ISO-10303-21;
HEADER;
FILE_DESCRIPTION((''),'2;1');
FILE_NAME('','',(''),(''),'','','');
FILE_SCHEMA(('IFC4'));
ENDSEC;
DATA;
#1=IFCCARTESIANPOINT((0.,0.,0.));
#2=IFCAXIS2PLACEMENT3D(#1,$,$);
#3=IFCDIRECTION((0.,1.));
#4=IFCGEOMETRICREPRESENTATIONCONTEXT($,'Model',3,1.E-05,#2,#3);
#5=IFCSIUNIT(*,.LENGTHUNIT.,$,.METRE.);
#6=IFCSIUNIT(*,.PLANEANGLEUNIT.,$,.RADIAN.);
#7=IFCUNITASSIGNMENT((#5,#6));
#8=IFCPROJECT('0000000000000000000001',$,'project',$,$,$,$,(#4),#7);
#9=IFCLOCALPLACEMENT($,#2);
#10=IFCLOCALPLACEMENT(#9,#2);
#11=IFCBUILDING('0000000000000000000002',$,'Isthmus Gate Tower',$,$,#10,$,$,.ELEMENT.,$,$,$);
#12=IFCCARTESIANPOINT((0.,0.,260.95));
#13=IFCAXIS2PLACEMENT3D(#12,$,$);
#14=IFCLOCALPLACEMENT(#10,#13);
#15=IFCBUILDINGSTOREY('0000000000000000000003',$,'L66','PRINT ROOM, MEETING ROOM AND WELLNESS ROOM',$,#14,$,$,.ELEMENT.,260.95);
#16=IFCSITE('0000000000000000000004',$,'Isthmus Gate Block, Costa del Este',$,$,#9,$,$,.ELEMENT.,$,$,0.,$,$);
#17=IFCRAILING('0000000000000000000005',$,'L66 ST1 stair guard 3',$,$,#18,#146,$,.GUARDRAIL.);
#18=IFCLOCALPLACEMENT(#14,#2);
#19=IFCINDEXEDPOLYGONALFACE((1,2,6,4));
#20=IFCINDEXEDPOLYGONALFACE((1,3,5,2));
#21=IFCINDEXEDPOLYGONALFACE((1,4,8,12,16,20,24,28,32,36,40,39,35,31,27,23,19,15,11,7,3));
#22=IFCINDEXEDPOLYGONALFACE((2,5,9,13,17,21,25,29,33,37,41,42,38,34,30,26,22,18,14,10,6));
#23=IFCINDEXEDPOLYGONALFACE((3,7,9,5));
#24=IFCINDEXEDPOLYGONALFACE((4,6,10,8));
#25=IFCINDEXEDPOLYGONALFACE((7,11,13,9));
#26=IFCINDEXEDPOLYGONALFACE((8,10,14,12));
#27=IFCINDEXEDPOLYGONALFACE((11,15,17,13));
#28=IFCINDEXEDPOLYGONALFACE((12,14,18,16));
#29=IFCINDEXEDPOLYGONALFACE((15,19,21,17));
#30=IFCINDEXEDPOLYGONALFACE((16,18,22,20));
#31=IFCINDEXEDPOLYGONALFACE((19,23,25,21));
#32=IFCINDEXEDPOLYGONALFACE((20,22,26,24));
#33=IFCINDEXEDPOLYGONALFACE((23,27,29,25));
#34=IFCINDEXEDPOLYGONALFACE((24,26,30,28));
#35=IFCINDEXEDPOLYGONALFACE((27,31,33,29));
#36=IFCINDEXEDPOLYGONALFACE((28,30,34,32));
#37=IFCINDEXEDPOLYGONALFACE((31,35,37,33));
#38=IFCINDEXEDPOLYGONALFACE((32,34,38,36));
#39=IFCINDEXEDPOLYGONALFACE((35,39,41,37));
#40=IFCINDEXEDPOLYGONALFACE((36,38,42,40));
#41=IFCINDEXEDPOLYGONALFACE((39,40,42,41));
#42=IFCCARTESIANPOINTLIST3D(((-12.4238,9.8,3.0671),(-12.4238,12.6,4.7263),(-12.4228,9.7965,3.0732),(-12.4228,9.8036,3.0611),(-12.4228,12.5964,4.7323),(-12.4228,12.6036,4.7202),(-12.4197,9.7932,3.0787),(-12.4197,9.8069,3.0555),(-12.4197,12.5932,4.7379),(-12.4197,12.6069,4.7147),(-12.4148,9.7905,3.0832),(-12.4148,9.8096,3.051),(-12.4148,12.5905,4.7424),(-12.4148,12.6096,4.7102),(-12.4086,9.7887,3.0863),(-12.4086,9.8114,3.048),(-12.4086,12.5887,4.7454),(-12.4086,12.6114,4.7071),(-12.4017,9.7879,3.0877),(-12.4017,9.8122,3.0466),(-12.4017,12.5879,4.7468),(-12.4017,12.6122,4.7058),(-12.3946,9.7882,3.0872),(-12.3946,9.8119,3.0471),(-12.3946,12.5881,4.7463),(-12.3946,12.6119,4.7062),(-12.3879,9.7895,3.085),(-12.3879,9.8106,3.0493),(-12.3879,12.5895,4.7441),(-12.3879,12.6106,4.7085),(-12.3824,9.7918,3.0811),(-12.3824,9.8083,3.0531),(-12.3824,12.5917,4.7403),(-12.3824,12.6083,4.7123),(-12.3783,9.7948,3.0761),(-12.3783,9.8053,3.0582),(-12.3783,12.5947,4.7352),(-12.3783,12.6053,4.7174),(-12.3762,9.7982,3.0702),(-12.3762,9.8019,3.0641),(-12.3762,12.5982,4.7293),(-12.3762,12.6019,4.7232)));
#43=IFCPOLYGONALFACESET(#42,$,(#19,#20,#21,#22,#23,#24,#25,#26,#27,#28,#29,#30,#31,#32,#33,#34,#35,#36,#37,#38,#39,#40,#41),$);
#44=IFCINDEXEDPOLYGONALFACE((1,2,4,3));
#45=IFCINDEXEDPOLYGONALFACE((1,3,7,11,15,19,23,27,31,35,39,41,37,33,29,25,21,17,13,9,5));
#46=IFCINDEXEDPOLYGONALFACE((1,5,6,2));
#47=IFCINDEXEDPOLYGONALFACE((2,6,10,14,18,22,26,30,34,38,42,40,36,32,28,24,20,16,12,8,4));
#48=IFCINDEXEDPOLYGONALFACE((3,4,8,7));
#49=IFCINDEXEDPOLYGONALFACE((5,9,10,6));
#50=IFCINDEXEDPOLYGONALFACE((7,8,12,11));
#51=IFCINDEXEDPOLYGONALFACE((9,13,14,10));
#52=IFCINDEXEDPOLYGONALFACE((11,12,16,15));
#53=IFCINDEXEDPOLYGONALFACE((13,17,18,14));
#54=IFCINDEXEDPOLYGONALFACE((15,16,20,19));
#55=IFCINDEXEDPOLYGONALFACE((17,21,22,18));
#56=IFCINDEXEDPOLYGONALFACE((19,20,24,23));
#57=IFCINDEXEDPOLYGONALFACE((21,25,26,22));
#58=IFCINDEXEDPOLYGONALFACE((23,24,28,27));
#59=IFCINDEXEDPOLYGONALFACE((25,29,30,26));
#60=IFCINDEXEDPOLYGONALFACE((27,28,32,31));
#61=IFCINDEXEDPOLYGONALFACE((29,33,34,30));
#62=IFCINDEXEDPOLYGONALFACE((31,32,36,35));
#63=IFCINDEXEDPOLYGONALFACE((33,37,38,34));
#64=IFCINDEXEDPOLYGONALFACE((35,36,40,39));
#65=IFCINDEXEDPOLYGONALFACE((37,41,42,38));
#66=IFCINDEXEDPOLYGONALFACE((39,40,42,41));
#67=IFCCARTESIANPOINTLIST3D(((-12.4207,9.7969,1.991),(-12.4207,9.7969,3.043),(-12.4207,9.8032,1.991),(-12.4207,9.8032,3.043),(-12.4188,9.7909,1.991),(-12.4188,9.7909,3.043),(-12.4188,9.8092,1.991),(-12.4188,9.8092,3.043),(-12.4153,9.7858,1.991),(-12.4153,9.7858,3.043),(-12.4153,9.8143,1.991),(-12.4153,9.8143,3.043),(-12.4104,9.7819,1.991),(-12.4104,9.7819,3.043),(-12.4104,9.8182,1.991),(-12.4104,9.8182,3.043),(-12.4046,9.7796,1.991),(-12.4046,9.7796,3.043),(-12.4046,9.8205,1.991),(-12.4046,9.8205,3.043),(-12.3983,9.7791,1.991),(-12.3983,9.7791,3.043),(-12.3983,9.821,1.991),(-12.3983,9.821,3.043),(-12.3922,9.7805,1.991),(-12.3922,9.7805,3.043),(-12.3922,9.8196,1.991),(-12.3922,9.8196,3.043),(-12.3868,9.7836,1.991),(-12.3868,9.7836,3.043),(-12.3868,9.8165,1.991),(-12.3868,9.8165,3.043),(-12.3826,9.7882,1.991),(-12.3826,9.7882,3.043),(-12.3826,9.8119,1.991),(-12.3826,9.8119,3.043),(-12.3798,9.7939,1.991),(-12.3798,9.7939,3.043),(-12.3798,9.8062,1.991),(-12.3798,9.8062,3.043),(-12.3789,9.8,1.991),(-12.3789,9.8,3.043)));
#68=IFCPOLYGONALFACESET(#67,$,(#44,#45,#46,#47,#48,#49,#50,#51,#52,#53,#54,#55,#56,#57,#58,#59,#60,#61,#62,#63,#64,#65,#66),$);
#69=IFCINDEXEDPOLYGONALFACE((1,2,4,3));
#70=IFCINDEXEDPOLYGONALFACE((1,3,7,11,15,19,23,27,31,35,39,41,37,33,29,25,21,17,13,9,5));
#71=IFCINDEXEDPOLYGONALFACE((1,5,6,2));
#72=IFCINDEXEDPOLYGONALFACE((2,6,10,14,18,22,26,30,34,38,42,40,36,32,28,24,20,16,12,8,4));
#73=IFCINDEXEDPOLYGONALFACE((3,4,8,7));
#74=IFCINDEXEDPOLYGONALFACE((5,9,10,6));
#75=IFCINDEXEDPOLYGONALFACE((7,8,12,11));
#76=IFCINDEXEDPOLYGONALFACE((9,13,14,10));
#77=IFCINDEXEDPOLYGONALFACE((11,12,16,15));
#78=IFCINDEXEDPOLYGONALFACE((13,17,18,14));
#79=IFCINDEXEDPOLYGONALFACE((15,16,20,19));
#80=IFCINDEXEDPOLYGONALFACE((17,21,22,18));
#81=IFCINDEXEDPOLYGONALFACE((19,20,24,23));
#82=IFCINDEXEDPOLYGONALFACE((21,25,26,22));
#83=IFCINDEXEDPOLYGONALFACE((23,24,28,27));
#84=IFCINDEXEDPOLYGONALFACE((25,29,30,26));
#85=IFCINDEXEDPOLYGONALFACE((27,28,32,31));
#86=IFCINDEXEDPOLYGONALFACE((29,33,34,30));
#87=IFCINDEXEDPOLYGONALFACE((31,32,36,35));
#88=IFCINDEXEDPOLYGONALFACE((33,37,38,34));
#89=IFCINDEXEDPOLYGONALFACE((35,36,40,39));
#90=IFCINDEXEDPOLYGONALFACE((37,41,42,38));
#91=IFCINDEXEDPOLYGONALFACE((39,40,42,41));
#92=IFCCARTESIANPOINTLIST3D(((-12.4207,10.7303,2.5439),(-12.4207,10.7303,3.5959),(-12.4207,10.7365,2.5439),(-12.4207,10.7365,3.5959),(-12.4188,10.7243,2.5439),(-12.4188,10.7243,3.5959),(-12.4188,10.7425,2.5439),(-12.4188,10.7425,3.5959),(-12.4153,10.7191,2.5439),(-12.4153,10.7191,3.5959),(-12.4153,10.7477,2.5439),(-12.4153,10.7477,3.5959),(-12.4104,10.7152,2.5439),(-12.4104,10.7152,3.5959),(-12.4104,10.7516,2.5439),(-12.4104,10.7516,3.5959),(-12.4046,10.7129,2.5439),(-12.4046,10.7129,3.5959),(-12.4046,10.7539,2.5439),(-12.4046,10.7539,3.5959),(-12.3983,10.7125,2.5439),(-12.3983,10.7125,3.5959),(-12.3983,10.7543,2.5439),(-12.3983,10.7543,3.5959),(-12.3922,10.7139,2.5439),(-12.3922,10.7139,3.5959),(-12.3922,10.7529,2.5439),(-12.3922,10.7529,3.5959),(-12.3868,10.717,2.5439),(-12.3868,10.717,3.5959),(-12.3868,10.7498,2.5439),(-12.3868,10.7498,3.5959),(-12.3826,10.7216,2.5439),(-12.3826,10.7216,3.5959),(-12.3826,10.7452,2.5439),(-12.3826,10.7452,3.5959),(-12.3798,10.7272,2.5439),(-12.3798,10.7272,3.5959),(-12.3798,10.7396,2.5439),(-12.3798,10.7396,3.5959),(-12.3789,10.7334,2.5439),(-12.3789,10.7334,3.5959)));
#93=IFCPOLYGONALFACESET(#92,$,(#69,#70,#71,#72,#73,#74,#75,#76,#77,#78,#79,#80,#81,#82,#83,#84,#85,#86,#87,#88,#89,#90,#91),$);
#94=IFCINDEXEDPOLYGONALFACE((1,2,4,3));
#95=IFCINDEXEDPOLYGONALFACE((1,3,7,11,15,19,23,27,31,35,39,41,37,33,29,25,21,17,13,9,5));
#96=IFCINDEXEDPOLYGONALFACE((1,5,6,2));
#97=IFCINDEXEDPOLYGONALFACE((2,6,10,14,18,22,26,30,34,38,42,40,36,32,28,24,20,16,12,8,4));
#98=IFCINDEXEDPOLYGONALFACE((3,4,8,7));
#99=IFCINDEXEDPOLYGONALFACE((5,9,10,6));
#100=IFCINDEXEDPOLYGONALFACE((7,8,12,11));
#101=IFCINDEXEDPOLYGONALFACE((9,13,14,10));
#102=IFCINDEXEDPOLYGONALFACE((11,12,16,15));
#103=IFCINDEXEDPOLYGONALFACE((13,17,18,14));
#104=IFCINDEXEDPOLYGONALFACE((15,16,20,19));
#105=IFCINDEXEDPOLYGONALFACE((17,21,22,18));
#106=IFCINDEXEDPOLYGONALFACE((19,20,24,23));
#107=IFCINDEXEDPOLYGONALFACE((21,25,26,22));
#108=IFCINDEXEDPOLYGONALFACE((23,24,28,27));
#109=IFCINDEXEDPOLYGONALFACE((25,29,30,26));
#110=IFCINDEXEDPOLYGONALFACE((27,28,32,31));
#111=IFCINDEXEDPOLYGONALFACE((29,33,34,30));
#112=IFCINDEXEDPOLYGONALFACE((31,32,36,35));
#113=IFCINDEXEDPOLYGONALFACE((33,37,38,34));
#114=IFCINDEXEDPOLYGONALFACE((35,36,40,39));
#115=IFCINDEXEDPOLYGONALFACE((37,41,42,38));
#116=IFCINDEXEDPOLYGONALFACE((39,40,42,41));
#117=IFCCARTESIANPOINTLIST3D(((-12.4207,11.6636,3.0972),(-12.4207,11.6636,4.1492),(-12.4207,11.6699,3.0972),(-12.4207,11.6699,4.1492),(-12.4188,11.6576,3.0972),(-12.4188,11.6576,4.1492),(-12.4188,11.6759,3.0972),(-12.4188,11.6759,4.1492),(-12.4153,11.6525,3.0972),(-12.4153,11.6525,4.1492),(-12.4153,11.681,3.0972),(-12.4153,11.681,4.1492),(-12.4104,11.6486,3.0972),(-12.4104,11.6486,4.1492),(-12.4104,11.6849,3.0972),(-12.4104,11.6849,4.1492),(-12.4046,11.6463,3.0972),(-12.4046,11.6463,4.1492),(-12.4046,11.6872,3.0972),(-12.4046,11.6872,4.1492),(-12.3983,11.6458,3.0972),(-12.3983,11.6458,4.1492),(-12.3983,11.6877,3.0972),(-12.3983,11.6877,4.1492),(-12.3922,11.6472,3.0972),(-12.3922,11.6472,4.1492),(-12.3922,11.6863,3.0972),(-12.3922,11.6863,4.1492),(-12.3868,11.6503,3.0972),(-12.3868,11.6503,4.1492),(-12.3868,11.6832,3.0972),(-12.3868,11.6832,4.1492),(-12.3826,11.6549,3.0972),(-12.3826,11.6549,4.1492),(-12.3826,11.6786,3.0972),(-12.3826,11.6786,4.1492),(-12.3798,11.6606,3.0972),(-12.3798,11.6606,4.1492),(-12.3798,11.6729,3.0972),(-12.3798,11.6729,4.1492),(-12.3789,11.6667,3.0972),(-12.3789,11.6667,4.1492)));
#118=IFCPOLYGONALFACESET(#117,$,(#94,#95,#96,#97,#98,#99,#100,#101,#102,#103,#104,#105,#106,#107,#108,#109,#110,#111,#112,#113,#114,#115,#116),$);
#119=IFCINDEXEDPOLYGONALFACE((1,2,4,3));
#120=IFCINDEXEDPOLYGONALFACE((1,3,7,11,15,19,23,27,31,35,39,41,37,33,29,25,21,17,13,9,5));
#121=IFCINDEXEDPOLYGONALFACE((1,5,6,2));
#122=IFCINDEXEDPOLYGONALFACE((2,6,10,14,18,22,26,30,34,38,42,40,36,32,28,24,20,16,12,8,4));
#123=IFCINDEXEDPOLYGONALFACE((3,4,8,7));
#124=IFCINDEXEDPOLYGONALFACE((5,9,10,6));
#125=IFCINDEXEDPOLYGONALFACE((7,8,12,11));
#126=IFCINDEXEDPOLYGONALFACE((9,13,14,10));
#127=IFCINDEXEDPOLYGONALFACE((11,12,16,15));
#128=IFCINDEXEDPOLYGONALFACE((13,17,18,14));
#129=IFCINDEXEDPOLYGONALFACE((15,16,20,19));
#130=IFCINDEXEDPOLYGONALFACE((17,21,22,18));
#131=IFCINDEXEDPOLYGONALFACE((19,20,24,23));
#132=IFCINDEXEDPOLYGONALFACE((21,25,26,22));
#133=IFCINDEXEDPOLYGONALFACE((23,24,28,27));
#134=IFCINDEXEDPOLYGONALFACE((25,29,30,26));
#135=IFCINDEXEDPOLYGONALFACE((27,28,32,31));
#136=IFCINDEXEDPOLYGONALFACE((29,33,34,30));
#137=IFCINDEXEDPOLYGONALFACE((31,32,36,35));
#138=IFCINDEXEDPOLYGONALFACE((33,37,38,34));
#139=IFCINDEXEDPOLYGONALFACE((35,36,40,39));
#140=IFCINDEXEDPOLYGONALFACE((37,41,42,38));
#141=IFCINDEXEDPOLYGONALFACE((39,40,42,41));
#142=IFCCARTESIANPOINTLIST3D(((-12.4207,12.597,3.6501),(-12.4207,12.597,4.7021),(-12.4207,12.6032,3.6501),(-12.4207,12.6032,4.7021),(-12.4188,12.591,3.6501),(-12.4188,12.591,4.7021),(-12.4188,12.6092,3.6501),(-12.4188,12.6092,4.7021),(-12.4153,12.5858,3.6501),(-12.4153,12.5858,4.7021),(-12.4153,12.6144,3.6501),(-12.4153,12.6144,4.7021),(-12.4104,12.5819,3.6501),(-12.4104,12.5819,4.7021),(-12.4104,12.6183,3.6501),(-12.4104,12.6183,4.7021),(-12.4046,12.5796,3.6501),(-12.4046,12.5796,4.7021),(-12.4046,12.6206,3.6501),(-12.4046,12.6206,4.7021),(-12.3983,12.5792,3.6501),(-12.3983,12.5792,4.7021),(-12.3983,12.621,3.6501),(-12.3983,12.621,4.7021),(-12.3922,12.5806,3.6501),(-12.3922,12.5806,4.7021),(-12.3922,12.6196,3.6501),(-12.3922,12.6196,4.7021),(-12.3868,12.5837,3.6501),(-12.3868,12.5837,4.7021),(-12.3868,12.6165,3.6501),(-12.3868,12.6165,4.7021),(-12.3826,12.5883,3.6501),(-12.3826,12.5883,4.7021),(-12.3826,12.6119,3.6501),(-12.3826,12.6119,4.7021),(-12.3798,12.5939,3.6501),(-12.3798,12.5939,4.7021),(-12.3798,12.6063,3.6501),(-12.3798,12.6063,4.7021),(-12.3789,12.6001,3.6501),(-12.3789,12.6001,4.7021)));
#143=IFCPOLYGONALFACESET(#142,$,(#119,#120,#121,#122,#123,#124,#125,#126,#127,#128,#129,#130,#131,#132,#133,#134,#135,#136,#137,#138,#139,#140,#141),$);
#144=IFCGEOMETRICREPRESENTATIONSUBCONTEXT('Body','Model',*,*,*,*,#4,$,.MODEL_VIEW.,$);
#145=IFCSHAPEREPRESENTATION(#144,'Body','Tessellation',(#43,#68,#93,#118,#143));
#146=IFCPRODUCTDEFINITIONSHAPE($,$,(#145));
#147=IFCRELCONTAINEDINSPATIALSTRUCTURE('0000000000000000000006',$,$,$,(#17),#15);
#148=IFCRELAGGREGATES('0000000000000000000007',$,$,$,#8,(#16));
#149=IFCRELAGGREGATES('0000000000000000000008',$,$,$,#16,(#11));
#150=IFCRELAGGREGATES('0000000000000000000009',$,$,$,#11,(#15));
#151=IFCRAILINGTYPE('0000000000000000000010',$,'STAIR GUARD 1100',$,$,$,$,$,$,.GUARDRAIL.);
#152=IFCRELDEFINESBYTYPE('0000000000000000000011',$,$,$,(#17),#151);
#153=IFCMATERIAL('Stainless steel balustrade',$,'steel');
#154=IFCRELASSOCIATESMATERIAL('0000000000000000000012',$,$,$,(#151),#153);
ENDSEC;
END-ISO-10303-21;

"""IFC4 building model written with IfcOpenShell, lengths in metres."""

from ifc_helpers import new_model, si_unit, direction, frame, origin, origin_2d, place, context, subcontext, project, spatial, circle, extrude, material, type_object, element, save


model = new_model("IFC4")

# Units and contexts
model_context = context("Model", 3, precision=1e-05, world=origin(), true_north=direction((0.0, 1.0)))
body_context = subcontext(model_context, "Body", "Model", "MODEL_VIEW")
ifc_project = project(units=[si_unit("LENGTHUNIT", "METRE"), si_unit("PLANEANGLEUNIT", "RADIAN")], contexts=[model_context])

# Site, building, storey
site_placement = place(None, origin())
site = spatial("IfcSite", under=ifc_project, at=site_placement, Name="Isthmus Gate Block, Costa del Este", CompositionType="ELEMENT", RefElevation=0.0)
building_placement = place(site_placement, origin())
building = spatial("IfcBuilding", under=site, at=building_placement, Name="Isthmus Gate Tower", CompositionType="ELEMENT")
storey_placement = place(building_placement, frame((0.0, 0.0, 260.95)))
storey = spatial("IfcBuildingStorey", under=building, at=storey_placement, Name="L66", Description="PRINT ROOM, MEETING ROOM AND WELLNESS ROOM", CompositionType="ELEMENT", Elevation=260.95)

# Railing
ifc_material_1 = material(Name="Stainless steel balustrade", Category="steel")
railing_type_1 = type_object("IfcRailingType", Name="STAIR GUARD 1100", PredefinedType="GUARDRAIL", material=ifc_material_1)
railing_1_placement = place(storey_placement, frame((-12.3999, 9.8, 1.991)))
element("IfcRailing", 1, at=railing_1_placement, inside=storey, type_object=railing_type_1, Name="L66 ST1 stair guard 3", PredefinedType="GUARDRAIL", context=body_context, shape_type="SweptSolid", body=[
    extrude(circle(Radius=0.0239, at=origin_2d()), frame((0.0, 0.0, 1.0762), z_axis=(0.0, 0.860306, 0.509778), x_axis=(-1.0, 0.0, 0.0)), (0.0, 0.0, 1.0), 3.2546),
    extrude(circle(Radius=0.021, at=origin_2d()), origin(), (0.0, 0.0, 1.0), 1.052),
    extrude(circle(Radius=0.021, at=origin_2d()), frame((0.0, 0.9333, 0.553)), (0.0, 0.0, 1.0), 1.052),
    extrude(circle(Radius=0.021, at=origin_2d()), frame((0.0, 1.8667, 1.1062)), (0.0, 0.0, 1.0), 1.052),
    extrude(circle(Radius=0.021, at=origin_2d()), frame((0.0, 2.8, 1.6592)), (0.0, 0.0, 1.0), 1.052),
])

save(model, "model.ifc")
